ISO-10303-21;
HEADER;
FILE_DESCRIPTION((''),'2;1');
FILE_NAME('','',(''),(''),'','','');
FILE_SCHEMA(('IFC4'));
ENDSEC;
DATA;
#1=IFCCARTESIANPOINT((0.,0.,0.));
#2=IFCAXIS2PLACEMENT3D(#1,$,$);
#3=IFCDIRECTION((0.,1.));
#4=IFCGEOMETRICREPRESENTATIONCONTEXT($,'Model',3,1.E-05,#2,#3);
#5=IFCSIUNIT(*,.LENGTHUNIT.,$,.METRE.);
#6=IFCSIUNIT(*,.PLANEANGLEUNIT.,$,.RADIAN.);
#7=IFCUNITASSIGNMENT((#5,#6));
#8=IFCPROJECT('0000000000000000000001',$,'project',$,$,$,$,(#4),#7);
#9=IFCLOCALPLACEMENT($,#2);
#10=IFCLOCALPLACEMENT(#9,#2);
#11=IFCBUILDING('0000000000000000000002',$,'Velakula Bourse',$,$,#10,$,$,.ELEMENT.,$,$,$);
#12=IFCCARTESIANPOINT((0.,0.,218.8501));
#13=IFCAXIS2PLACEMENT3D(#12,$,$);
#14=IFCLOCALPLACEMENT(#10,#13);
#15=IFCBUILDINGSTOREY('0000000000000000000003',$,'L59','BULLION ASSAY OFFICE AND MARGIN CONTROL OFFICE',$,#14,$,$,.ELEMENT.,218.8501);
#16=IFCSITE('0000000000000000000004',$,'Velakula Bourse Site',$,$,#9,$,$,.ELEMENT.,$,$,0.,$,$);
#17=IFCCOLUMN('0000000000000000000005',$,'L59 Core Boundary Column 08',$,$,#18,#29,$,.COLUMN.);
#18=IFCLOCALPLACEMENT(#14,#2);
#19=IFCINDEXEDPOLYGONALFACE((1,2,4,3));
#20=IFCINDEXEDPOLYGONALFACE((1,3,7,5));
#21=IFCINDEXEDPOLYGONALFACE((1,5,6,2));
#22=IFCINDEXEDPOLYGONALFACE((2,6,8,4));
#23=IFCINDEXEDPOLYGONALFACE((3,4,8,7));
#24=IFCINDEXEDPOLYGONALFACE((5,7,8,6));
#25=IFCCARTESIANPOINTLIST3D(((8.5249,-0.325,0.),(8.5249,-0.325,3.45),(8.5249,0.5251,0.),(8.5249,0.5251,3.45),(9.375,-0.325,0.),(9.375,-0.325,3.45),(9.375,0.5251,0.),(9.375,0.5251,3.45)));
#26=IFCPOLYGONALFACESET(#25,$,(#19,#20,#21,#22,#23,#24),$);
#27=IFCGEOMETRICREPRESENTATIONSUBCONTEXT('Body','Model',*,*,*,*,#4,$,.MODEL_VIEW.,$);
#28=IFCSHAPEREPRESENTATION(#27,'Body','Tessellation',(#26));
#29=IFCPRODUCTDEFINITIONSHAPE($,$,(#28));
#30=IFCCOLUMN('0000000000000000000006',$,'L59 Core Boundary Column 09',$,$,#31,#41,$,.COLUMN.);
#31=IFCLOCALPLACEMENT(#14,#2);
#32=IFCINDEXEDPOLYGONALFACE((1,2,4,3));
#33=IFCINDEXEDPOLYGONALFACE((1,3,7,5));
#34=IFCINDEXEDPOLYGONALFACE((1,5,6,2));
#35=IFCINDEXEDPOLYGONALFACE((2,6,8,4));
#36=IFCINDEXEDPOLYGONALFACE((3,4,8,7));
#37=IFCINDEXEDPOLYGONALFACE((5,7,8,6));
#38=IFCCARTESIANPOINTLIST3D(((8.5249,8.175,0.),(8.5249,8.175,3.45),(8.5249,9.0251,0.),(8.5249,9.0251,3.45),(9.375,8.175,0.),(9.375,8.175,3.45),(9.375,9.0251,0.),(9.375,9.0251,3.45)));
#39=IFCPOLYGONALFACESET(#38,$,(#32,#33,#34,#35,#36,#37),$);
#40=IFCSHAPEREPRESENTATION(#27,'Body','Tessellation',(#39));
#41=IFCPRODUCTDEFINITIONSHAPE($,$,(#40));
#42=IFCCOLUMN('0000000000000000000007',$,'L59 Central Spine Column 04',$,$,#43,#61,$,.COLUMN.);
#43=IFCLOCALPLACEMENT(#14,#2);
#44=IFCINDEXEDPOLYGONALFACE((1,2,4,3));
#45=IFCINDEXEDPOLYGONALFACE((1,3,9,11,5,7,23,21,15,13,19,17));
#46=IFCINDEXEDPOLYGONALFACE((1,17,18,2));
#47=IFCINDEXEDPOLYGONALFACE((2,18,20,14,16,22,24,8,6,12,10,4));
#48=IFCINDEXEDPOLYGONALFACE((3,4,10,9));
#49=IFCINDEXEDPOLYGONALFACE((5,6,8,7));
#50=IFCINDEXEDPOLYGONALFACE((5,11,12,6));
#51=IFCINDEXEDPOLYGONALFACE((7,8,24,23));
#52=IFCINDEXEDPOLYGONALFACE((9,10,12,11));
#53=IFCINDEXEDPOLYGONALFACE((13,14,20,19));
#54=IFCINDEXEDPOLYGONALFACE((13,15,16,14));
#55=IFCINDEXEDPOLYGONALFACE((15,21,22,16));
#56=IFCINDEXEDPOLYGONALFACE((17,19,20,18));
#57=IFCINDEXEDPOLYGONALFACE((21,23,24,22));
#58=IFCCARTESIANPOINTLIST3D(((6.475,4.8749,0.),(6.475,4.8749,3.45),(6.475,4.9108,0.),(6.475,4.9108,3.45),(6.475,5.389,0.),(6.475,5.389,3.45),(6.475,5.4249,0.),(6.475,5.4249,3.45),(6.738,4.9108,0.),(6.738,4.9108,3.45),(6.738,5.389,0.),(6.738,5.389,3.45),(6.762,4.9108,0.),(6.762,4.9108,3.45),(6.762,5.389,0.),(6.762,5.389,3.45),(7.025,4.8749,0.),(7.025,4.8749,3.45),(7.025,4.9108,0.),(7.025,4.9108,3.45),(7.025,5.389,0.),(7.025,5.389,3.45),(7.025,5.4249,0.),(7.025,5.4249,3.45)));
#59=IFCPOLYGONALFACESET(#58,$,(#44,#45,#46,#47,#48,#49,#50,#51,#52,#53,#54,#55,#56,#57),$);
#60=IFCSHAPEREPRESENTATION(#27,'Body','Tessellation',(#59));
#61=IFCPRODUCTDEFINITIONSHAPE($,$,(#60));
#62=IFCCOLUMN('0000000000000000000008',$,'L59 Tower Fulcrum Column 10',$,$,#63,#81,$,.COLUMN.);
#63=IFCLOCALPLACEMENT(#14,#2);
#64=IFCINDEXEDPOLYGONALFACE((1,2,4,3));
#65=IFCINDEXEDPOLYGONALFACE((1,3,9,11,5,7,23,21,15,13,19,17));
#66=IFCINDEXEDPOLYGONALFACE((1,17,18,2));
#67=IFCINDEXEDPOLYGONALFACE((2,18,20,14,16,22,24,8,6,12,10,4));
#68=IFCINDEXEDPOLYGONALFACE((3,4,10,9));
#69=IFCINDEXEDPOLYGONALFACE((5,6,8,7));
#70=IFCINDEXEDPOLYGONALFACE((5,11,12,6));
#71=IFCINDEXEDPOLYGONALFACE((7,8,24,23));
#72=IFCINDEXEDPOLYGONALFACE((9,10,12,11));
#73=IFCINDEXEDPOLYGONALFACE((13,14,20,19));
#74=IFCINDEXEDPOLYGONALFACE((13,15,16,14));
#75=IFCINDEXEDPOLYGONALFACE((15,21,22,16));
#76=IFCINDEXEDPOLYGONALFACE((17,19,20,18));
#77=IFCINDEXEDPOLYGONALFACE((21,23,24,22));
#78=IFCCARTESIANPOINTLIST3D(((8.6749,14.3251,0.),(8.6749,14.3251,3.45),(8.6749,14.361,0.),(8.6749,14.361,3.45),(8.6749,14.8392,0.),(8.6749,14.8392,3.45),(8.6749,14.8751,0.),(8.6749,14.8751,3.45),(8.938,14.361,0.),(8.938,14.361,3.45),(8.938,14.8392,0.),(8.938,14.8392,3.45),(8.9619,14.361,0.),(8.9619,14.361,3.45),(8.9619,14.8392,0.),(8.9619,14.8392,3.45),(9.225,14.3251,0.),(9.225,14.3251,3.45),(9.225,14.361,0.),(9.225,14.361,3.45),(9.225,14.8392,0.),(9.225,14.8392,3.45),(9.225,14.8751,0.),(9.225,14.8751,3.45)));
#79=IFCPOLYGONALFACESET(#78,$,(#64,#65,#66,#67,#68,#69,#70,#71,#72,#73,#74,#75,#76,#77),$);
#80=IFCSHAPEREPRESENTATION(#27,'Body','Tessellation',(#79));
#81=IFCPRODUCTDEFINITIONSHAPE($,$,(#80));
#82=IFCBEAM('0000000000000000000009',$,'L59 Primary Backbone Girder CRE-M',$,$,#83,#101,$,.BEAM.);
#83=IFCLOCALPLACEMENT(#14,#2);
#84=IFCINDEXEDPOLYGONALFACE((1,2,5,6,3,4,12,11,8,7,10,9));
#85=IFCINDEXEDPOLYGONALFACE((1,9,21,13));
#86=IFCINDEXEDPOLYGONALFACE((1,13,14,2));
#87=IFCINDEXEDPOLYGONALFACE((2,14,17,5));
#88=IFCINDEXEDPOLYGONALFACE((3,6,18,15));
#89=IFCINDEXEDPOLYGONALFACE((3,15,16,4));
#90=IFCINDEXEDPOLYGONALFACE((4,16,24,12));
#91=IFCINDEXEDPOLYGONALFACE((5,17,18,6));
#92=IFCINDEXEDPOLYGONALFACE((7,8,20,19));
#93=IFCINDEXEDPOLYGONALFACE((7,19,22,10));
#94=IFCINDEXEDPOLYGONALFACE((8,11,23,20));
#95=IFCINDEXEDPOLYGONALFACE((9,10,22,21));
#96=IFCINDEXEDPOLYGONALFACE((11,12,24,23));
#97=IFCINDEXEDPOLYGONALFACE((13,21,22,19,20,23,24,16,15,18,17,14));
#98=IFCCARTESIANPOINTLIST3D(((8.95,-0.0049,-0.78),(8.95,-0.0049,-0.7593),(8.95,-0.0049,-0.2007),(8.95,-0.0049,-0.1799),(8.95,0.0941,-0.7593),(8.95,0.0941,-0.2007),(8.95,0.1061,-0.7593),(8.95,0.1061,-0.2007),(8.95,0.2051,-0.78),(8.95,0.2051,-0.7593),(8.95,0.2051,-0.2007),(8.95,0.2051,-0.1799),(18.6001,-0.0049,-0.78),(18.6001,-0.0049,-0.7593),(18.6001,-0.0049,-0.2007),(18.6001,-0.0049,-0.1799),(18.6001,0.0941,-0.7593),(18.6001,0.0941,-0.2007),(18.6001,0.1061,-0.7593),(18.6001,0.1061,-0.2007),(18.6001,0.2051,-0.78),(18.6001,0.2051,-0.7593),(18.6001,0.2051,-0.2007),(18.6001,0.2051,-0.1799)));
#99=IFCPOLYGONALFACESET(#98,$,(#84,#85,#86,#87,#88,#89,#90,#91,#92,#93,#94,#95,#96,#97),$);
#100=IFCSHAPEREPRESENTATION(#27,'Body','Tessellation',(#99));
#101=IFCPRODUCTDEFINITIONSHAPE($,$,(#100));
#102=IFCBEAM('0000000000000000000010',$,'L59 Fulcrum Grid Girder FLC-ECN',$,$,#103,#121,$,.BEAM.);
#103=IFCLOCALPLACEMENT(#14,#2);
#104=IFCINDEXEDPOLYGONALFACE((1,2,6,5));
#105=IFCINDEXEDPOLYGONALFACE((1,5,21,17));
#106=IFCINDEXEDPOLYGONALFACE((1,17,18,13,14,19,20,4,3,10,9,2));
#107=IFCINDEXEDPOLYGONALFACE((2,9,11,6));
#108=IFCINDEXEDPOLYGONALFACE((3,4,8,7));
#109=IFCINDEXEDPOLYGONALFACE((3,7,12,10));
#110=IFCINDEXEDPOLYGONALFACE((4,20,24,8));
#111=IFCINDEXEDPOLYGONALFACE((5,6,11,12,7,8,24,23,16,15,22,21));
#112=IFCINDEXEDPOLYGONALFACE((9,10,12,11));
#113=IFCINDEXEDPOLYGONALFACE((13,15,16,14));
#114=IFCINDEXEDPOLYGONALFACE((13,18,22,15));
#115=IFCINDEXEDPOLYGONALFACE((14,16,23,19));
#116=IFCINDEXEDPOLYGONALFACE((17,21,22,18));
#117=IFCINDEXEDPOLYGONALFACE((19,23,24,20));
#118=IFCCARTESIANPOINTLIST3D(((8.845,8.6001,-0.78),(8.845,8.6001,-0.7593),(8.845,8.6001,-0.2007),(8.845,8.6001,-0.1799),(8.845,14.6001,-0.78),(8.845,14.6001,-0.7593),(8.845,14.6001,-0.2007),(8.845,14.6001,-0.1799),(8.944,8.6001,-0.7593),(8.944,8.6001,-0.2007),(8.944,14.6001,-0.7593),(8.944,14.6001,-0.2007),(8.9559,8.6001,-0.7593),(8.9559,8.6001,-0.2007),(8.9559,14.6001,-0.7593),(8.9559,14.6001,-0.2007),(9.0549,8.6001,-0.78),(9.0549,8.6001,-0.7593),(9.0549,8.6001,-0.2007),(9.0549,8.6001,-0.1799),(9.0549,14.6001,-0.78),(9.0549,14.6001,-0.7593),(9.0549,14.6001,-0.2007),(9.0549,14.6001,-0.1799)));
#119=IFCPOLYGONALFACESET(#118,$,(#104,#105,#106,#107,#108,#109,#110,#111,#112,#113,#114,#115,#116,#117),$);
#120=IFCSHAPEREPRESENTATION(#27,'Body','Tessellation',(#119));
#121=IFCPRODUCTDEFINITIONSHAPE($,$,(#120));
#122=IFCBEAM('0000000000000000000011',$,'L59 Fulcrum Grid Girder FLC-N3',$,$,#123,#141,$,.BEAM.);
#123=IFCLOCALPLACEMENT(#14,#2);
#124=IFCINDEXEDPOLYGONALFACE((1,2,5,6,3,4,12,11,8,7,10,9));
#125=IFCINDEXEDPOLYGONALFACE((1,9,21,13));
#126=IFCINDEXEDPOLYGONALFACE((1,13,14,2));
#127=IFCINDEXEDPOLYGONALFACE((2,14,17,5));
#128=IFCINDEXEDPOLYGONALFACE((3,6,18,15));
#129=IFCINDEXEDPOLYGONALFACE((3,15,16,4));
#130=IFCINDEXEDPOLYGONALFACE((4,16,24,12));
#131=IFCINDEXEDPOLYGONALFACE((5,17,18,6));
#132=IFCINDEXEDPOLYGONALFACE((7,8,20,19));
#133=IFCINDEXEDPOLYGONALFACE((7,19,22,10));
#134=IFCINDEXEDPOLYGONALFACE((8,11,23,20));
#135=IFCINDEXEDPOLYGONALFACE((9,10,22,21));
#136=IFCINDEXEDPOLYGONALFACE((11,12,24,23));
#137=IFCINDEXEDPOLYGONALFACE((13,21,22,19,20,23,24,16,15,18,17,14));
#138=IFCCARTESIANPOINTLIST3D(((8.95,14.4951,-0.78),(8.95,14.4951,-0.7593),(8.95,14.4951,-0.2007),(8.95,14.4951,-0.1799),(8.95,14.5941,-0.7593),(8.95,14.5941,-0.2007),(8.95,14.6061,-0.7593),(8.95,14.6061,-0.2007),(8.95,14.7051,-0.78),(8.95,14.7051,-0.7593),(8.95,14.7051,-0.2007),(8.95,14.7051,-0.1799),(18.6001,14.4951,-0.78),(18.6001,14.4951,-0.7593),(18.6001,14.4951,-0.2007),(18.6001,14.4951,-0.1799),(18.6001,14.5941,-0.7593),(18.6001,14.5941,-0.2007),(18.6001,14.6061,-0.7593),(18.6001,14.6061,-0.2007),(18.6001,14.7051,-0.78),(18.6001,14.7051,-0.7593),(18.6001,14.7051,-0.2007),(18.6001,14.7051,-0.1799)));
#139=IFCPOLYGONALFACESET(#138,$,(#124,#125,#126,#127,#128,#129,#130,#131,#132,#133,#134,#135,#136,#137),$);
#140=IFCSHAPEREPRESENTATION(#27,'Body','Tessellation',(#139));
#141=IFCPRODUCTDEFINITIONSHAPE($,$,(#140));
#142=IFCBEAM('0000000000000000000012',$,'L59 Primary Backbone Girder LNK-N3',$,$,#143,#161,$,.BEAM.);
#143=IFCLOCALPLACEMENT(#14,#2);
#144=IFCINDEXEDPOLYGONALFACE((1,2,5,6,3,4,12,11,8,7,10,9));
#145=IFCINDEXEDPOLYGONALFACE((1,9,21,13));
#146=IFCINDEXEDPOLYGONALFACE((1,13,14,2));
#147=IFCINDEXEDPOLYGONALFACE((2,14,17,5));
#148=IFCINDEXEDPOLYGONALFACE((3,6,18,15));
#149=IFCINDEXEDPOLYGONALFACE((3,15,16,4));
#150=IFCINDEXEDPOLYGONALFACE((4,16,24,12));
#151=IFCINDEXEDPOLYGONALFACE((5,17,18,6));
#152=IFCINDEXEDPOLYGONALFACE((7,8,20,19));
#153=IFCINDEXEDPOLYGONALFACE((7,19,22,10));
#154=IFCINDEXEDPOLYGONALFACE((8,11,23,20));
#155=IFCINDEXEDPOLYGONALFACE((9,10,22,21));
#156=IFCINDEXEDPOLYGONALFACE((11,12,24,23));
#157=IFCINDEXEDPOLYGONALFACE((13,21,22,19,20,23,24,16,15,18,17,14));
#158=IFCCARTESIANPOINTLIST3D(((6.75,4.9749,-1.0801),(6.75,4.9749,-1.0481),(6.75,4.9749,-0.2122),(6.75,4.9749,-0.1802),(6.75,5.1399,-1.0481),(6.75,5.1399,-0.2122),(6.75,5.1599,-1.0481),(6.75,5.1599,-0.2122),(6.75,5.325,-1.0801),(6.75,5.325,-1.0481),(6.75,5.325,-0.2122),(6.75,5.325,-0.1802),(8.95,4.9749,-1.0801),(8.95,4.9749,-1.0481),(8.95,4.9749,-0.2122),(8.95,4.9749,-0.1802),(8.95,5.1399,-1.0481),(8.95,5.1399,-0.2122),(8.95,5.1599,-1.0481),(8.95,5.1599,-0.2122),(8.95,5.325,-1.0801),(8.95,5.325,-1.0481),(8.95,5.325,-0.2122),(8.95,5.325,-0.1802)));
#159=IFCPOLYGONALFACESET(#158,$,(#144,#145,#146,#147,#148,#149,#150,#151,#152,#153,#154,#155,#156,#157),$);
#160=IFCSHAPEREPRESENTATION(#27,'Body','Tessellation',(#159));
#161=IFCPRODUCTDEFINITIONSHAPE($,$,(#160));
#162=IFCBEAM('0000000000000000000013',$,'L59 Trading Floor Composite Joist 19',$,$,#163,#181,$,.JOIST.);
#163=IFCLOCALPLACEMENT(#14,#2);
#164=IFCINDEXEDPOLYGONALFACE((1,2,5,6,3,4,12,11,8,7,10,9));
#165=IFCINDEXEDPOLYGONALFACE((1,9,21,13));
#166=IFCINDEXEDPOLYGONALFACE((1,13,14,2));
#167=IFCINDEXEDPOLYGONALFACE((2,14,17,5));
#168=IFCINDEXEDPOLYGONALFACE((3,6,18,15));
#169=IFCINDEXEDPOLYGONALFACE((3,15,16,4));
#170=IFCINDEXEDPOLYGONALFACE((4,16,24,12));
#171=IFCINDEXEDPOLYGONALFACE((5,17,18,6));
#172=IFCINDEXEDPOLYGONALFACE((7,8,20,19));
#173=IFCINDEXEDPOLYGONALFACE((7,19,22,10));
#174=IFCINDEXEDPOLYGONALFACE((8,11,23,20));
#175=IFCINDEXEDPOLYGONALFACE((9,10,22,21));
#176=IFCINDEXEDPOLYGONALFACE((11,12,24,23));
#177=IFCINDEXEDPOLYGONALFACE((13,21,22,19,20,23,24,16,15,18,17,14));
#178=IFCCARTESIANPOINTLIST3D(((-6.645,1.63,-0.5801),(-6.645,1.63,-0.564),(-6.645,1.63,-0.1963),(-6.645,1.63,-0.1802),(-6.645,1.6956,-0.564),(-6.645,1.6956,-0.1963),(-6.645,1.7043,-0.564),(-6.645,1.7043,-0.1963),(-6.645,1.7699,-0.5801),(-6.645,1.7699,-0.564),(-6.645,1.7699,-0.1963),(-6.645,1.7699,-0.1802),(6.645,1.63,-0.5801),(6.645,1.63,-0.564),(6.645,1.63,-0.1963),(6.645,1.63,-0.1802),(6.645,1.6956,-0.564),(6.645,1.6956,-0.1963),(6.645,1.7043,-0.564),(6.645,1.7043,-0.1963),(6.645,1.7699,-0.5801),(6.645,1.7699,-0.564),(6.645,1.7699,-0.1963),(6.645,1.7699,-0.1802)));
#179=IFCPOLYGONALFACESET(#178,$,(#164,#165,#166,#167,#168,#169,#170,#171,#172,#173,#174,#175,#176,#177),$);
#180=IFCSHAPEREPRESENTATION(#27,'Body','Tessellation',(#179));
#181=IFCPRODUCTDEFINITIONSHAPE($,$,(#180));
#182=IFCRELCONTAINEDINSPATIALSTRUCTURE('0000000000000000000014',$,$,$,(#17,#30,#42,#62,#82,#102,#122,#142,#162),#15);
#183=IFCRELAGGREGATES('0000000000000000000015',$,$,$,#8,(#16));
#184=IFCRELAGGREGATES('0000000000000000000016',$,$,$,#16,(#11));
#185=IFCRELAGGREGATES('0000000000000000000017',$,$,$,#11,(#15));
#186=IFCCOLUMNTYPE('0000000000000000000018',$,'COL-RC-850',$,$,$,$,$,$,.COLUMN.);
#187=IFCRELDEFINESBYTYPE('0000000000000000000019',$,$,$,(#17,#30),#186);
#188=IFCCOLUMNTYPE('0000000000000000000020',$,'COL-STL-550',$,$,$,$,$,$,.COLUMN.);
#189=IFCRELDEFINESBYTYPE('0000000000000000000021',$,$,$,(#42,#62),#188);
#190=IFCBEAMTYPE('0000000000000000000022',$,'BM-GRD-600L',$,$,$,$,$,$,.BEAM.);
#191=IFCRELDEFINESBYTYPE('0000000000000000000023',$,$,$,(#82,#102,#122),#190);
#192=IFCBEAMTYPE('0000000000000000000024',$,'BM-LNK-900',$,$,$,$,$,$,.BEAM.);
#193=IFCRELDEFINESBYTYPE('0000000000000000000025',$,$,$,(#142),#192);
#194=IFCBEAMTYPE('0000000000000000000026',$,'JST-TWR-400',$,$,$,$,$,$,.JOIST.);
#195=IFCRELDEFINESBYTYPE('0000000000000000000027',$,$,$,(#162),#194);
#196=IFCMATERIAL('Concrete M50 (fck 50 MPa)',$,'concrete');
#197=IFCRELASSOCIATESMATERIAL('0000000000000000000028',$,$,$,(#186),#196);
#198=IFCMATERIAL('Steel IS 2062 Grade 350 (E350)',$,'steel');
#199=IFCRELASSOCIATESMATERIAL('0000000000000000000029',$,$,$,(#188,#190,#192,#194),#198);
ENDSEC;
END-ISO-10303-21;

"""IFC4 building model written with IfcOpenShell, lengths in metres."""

from ifc_helpers import new_model, si_unit, direction, frame, origin, origin_2d, place, context, subcontext, project, spatial, rectangle, i_section, extrude, material, material_profile, profile_set, type_object, element, save


model = new_model("IFC4")

# Units and contexts
model_context = context("Model", 3, precision=1e-05, world=origin(), true_north=direction((0.0, 1.0)))
body_context = subcontext(model_context, "Body", "Model", "MODEL_VIEW")
ifc_project = project(units=[si_unit("LENGTHUNIT", "METRE"), si_unit("PLANEANGLEUNIT", "RADIAN")], contexts=[model_context])

# Site, building, storey
site_placement = place(None, origin())
site = spatial("IfcSite", under=ifc_project, at=site_placement, Name="Velakula Bourse Site", CompositionType="ELEMENT", RefElevation=0.0)
building_placement = place(site_placement, origin())
building = spatial("IfcBuilding", under=site, at=building_placement, Name="Velakula Bourse", CompositionType="ELEMENT")
storey_placement = place(building_placement, frame((0.0, 0.0, 218.8501)))
storey = spatial("IfcBuildingStorey", under=building, at=storey_placement, Name="L59", Description="BULLION ASSAY OFFICE AND MARGIN CONTROL OFFICE", CompositionType="ELEMENT", Elevation=218.8501)

# Columns
ifc_material_1 = material(Name="Concrete M50 (fck 50 MPa)", Category="concrete")
ifc_material_profile_1 = material_profile(ifc_material_1, rectangle(XDim=0.8501, YDim=0.8501, at=origin_2d()), Name="Concrete M50 (fck 50 MPa)")
ifc_profile_set_1 = profile_set([ifc_material_profile_1], Name="Concrete M50 (fck 50 MPa)")
column_type_1 = type_object("IfcColumnType", Name="COL-RC-850", PredefinedType="COLUMN", material=ifc_profile_set_1)
for number, where, z_axis, x_axis, name in (
    (1, (8.95, 0.1001, 0.0), (0.0, 0.0, 1.0), (1.0, 0.0, 0.0), "L59 Core Boundary Column 08"),
    (2, (8.95, 8.6001, 0.0), (0.0, 0.0, 1.0), (1.0, 0.0, 0.0), "L59 Core Boundary Column 09"),
):
    element("IfcColumn", number, at=place(storey_placement, frame(where, z_axis=z_axis, x_axis=x_axis)), inside=storey, type_object=column_type_1, Name=name, PredefinedType="COLUMN", context=body_context, shape_type="SweptSolid", body=[
        extrude(rectangle(XDim=0.8501, YDim=0.8501, at=origin_2d()), origin(), (0.0, 0.0, 1.0), 3.45),
    ])
ifc_material_2 = material(Name="Steel IS 2062 Grade 350 (E350)", Category="steel")
ifc_material_profile_2 = material_profile(ifc_material_2, i_section(OverallWidth=0.55, OverallDepth=0.55, WebThickness=0.0239, FlangeThickness=0.0359, at=origin_2d()), Name="Steel IS 2062 Grade 350 (E350)")
ifc_profile_set_2 = profile_set([ifc_material_profile_2], Name="Steel IS 2062 Grade 350 (E350)")
column_type_2 = type_object("IfcColumnType", Name="COL-STL-550", PredefinedType="COLUMN", material=ifc_profile_set_2)
for number, where, z_axis, x_axis, name in (
    (3, (6.75, 5.1499, 0.0), (0.0, 0.0, 1.0), (1.0, 0.0, 0.0), "L59 Central Spine Column 04"),
    (4, (8.95, 14.6001, 0.0), (0.0, 0.0, 1.0), (1.0, 0.0, 0.0), "L59 Tower Fulcrum Column 10"),
):
    element("IfcColumn", number, at=place(storey_placement, frame(where, z_axis=z_axis, x_axis=x_axis)), inside=storey, type_object=column_type_2, Name=name, PredefinedType="COLUMN", context=body_context, shape_type="SweptSolid", body=[
        extrude(i_section(OverallWidth=0.55, OverallDepth=0.55, WebThickness=0.0239, FlangeThickness=0.0359, at=origin_2d()), origin(), (0.0, 0.0, 1.0), 3.45),
    ])

# Beams
ifc_material_profile_3 = material_profile(ifc_material_2, i_section(OverallWidth=0.21, OverallDepth=0.6001, WebThickness=0.012, FlangeThickness=0.0208, at=origin_2d()), Name="Steel IS 2062 Grade 350 (E350)")
ifc_profile_set_3 = profile_set([ifc_material_profile_3], Name="Steel IS 2062 Grade 350 (E350)")
beam_type_1 = type_object("IfcBeamType", Name="BM-GRD-600L", PredefinedType="BEAM", material=ifc_profile_set_3)
beam_1_placement = place(storey_placement, frame((8.95, 0.1001, -0.48), z_axis=(1.0, 0.0, 0.0), x_axis=(0.0, 1.0, 0.0)))
element("IfcBeam", 5, at=beam_1_placement, inside=storey, type_object=beam_type_1, Name="L59 Primary Backbone Girder CRE-M", PredefinedType="BEAM", context=body_context, shape_type="SweptSolid", body=[
    extrude(i_section(OverallWidth=0.21, OverallDepth=0.6001, WebThickness=0.012, FlangeThickness=0.0208, at=origin_2d()), origin(), (0.0, 0.0, 1.0), 9.6501),
])
beam_2_placement = place(storey_placement, frame((8.95, 8.6001, -0.48), z_axis=(0.0, 1.0, 0.0), x_axis=(-1.0, 0.0, 0.0)))
element("IfcBeam", 6, at=beam_2_placement, inside=storey, type_object=beam_type_1, Name="L59 Fulcrum Grid Girder FLC-ECN", PredefinedType="BEAM", context=body_context, shape_type="SweptSolid", body=[
    extrude(i_section(OverallWidth=0.21, OverallDepth=0.6001, WebThickness=0.012, FlangeThickness=0.0208, at=origin_2d()), origin(), (0.0, 0.0, 1.0), 6.0),
])
beam_3_placement = place(storey_placement, frame((8.95, 14.6001, -0.48), z_axis=(1.0, 0.0, 0.0), x_axis=(0.0, 1.0, 0.0)))
element("IfcBeam", 7, at=beam_3_placement, inside=storey, type_object=beam_type_1, Name="L59 Fulcrum Grid Girder FLC-N3", PredefinedType="BEAM", context=body_context, shape_type="SweptSolid", body=[
    extrude(i_section(OverallWidth=0.21, OverallDepth=0.6001, WebThickness=0.012, FlangeThickness=0.0208, at=origin_2d()), origin(), (0.0, 0.0, 1.0), 9.6501),
])
ifc_material_profile_4 = material_profile(ifc_material_2, i_section(OverallWidth=0.3501, OverallDepth=0.8999, WebThickness=0.02, FlangeThickness=0.032, at=origin_2d()), Name="Steel IS 2062 Grade 350 (E350)")
ifc_profile_set_4 = profile_set([ifc_material_profile_4], Name="Steel IS 2062 Grade 350 (E350)")
beam_type_2 = type_object("IfcBeamType", Name="BM-LNK-900", PredefinedType="BEAM", material=ifc_profile_set_4)
beam_4_placement = place(storey_placement, frame((6.75, 5.1499, -0.6301), z_axis=(1.0, 0.0, 0.0), x_axis=(0.0, 1.0, 0.0)))
element("IfcBeam", 8, at=beam_4_placement, inside=storey, type_object=beam_type_2, Name="L59 Primary Backbone Girder LNK-N3", PredefinedType="BEAM", context=body_context, shape_type="SweptSolid", body=[
    extrude(i_section(OverallWidth=0.3501, OverallDepth=0.8999, WebThickness=0.02, FlangeThickness=0.032, at=origin_2d()), origin(), (0.0, 0.0, 1.0), 2.2),
])
ifc_material_profile_5 = material_profile(ifc_material_2, i_section(OverallWidth=0.1399, OverallDepth=0.3999, WebThickness=0.0088, FlangeThickness=0.0161, at=origin_2d()), Name="Steel IS 2062 Grade 350 (E350)")
ifc_profile_set_5 = profile_set([ifc_material_profile_5], Name="Steel IS 2062 Grade 350 (E350)")
beam_type_3 = type_object("IfcBeamType", Name="JST-TWR-400", PredefinedType="JOIST", material=ifc_profile_set_5)
beam_5_placement = place(storey_placement, frame((-6.645, 1.7, -0.3801), z_axis=(1.0, 0.0, 0.0), x_axis=(0.0, 1.0, 0.0)))
element("IfcBeam", 9, at=beam_5_placement, inside=storey, type_object=beam_type_3, Name="L59 Trading Floor Composite Joist 19", PredefinedType="JOIST", context=body_context, shape_type="SweptSolid", body=[
    extrude(i_section(OverallWidth=0.1399, OverallDepth=0.3999, WebThickness=0.0088, FlangeThickness=0.0161, at=origin_2d()), origin(), (0.0, 0.0, 1.0), 13.29),
])

save(model, "model.ifc")
